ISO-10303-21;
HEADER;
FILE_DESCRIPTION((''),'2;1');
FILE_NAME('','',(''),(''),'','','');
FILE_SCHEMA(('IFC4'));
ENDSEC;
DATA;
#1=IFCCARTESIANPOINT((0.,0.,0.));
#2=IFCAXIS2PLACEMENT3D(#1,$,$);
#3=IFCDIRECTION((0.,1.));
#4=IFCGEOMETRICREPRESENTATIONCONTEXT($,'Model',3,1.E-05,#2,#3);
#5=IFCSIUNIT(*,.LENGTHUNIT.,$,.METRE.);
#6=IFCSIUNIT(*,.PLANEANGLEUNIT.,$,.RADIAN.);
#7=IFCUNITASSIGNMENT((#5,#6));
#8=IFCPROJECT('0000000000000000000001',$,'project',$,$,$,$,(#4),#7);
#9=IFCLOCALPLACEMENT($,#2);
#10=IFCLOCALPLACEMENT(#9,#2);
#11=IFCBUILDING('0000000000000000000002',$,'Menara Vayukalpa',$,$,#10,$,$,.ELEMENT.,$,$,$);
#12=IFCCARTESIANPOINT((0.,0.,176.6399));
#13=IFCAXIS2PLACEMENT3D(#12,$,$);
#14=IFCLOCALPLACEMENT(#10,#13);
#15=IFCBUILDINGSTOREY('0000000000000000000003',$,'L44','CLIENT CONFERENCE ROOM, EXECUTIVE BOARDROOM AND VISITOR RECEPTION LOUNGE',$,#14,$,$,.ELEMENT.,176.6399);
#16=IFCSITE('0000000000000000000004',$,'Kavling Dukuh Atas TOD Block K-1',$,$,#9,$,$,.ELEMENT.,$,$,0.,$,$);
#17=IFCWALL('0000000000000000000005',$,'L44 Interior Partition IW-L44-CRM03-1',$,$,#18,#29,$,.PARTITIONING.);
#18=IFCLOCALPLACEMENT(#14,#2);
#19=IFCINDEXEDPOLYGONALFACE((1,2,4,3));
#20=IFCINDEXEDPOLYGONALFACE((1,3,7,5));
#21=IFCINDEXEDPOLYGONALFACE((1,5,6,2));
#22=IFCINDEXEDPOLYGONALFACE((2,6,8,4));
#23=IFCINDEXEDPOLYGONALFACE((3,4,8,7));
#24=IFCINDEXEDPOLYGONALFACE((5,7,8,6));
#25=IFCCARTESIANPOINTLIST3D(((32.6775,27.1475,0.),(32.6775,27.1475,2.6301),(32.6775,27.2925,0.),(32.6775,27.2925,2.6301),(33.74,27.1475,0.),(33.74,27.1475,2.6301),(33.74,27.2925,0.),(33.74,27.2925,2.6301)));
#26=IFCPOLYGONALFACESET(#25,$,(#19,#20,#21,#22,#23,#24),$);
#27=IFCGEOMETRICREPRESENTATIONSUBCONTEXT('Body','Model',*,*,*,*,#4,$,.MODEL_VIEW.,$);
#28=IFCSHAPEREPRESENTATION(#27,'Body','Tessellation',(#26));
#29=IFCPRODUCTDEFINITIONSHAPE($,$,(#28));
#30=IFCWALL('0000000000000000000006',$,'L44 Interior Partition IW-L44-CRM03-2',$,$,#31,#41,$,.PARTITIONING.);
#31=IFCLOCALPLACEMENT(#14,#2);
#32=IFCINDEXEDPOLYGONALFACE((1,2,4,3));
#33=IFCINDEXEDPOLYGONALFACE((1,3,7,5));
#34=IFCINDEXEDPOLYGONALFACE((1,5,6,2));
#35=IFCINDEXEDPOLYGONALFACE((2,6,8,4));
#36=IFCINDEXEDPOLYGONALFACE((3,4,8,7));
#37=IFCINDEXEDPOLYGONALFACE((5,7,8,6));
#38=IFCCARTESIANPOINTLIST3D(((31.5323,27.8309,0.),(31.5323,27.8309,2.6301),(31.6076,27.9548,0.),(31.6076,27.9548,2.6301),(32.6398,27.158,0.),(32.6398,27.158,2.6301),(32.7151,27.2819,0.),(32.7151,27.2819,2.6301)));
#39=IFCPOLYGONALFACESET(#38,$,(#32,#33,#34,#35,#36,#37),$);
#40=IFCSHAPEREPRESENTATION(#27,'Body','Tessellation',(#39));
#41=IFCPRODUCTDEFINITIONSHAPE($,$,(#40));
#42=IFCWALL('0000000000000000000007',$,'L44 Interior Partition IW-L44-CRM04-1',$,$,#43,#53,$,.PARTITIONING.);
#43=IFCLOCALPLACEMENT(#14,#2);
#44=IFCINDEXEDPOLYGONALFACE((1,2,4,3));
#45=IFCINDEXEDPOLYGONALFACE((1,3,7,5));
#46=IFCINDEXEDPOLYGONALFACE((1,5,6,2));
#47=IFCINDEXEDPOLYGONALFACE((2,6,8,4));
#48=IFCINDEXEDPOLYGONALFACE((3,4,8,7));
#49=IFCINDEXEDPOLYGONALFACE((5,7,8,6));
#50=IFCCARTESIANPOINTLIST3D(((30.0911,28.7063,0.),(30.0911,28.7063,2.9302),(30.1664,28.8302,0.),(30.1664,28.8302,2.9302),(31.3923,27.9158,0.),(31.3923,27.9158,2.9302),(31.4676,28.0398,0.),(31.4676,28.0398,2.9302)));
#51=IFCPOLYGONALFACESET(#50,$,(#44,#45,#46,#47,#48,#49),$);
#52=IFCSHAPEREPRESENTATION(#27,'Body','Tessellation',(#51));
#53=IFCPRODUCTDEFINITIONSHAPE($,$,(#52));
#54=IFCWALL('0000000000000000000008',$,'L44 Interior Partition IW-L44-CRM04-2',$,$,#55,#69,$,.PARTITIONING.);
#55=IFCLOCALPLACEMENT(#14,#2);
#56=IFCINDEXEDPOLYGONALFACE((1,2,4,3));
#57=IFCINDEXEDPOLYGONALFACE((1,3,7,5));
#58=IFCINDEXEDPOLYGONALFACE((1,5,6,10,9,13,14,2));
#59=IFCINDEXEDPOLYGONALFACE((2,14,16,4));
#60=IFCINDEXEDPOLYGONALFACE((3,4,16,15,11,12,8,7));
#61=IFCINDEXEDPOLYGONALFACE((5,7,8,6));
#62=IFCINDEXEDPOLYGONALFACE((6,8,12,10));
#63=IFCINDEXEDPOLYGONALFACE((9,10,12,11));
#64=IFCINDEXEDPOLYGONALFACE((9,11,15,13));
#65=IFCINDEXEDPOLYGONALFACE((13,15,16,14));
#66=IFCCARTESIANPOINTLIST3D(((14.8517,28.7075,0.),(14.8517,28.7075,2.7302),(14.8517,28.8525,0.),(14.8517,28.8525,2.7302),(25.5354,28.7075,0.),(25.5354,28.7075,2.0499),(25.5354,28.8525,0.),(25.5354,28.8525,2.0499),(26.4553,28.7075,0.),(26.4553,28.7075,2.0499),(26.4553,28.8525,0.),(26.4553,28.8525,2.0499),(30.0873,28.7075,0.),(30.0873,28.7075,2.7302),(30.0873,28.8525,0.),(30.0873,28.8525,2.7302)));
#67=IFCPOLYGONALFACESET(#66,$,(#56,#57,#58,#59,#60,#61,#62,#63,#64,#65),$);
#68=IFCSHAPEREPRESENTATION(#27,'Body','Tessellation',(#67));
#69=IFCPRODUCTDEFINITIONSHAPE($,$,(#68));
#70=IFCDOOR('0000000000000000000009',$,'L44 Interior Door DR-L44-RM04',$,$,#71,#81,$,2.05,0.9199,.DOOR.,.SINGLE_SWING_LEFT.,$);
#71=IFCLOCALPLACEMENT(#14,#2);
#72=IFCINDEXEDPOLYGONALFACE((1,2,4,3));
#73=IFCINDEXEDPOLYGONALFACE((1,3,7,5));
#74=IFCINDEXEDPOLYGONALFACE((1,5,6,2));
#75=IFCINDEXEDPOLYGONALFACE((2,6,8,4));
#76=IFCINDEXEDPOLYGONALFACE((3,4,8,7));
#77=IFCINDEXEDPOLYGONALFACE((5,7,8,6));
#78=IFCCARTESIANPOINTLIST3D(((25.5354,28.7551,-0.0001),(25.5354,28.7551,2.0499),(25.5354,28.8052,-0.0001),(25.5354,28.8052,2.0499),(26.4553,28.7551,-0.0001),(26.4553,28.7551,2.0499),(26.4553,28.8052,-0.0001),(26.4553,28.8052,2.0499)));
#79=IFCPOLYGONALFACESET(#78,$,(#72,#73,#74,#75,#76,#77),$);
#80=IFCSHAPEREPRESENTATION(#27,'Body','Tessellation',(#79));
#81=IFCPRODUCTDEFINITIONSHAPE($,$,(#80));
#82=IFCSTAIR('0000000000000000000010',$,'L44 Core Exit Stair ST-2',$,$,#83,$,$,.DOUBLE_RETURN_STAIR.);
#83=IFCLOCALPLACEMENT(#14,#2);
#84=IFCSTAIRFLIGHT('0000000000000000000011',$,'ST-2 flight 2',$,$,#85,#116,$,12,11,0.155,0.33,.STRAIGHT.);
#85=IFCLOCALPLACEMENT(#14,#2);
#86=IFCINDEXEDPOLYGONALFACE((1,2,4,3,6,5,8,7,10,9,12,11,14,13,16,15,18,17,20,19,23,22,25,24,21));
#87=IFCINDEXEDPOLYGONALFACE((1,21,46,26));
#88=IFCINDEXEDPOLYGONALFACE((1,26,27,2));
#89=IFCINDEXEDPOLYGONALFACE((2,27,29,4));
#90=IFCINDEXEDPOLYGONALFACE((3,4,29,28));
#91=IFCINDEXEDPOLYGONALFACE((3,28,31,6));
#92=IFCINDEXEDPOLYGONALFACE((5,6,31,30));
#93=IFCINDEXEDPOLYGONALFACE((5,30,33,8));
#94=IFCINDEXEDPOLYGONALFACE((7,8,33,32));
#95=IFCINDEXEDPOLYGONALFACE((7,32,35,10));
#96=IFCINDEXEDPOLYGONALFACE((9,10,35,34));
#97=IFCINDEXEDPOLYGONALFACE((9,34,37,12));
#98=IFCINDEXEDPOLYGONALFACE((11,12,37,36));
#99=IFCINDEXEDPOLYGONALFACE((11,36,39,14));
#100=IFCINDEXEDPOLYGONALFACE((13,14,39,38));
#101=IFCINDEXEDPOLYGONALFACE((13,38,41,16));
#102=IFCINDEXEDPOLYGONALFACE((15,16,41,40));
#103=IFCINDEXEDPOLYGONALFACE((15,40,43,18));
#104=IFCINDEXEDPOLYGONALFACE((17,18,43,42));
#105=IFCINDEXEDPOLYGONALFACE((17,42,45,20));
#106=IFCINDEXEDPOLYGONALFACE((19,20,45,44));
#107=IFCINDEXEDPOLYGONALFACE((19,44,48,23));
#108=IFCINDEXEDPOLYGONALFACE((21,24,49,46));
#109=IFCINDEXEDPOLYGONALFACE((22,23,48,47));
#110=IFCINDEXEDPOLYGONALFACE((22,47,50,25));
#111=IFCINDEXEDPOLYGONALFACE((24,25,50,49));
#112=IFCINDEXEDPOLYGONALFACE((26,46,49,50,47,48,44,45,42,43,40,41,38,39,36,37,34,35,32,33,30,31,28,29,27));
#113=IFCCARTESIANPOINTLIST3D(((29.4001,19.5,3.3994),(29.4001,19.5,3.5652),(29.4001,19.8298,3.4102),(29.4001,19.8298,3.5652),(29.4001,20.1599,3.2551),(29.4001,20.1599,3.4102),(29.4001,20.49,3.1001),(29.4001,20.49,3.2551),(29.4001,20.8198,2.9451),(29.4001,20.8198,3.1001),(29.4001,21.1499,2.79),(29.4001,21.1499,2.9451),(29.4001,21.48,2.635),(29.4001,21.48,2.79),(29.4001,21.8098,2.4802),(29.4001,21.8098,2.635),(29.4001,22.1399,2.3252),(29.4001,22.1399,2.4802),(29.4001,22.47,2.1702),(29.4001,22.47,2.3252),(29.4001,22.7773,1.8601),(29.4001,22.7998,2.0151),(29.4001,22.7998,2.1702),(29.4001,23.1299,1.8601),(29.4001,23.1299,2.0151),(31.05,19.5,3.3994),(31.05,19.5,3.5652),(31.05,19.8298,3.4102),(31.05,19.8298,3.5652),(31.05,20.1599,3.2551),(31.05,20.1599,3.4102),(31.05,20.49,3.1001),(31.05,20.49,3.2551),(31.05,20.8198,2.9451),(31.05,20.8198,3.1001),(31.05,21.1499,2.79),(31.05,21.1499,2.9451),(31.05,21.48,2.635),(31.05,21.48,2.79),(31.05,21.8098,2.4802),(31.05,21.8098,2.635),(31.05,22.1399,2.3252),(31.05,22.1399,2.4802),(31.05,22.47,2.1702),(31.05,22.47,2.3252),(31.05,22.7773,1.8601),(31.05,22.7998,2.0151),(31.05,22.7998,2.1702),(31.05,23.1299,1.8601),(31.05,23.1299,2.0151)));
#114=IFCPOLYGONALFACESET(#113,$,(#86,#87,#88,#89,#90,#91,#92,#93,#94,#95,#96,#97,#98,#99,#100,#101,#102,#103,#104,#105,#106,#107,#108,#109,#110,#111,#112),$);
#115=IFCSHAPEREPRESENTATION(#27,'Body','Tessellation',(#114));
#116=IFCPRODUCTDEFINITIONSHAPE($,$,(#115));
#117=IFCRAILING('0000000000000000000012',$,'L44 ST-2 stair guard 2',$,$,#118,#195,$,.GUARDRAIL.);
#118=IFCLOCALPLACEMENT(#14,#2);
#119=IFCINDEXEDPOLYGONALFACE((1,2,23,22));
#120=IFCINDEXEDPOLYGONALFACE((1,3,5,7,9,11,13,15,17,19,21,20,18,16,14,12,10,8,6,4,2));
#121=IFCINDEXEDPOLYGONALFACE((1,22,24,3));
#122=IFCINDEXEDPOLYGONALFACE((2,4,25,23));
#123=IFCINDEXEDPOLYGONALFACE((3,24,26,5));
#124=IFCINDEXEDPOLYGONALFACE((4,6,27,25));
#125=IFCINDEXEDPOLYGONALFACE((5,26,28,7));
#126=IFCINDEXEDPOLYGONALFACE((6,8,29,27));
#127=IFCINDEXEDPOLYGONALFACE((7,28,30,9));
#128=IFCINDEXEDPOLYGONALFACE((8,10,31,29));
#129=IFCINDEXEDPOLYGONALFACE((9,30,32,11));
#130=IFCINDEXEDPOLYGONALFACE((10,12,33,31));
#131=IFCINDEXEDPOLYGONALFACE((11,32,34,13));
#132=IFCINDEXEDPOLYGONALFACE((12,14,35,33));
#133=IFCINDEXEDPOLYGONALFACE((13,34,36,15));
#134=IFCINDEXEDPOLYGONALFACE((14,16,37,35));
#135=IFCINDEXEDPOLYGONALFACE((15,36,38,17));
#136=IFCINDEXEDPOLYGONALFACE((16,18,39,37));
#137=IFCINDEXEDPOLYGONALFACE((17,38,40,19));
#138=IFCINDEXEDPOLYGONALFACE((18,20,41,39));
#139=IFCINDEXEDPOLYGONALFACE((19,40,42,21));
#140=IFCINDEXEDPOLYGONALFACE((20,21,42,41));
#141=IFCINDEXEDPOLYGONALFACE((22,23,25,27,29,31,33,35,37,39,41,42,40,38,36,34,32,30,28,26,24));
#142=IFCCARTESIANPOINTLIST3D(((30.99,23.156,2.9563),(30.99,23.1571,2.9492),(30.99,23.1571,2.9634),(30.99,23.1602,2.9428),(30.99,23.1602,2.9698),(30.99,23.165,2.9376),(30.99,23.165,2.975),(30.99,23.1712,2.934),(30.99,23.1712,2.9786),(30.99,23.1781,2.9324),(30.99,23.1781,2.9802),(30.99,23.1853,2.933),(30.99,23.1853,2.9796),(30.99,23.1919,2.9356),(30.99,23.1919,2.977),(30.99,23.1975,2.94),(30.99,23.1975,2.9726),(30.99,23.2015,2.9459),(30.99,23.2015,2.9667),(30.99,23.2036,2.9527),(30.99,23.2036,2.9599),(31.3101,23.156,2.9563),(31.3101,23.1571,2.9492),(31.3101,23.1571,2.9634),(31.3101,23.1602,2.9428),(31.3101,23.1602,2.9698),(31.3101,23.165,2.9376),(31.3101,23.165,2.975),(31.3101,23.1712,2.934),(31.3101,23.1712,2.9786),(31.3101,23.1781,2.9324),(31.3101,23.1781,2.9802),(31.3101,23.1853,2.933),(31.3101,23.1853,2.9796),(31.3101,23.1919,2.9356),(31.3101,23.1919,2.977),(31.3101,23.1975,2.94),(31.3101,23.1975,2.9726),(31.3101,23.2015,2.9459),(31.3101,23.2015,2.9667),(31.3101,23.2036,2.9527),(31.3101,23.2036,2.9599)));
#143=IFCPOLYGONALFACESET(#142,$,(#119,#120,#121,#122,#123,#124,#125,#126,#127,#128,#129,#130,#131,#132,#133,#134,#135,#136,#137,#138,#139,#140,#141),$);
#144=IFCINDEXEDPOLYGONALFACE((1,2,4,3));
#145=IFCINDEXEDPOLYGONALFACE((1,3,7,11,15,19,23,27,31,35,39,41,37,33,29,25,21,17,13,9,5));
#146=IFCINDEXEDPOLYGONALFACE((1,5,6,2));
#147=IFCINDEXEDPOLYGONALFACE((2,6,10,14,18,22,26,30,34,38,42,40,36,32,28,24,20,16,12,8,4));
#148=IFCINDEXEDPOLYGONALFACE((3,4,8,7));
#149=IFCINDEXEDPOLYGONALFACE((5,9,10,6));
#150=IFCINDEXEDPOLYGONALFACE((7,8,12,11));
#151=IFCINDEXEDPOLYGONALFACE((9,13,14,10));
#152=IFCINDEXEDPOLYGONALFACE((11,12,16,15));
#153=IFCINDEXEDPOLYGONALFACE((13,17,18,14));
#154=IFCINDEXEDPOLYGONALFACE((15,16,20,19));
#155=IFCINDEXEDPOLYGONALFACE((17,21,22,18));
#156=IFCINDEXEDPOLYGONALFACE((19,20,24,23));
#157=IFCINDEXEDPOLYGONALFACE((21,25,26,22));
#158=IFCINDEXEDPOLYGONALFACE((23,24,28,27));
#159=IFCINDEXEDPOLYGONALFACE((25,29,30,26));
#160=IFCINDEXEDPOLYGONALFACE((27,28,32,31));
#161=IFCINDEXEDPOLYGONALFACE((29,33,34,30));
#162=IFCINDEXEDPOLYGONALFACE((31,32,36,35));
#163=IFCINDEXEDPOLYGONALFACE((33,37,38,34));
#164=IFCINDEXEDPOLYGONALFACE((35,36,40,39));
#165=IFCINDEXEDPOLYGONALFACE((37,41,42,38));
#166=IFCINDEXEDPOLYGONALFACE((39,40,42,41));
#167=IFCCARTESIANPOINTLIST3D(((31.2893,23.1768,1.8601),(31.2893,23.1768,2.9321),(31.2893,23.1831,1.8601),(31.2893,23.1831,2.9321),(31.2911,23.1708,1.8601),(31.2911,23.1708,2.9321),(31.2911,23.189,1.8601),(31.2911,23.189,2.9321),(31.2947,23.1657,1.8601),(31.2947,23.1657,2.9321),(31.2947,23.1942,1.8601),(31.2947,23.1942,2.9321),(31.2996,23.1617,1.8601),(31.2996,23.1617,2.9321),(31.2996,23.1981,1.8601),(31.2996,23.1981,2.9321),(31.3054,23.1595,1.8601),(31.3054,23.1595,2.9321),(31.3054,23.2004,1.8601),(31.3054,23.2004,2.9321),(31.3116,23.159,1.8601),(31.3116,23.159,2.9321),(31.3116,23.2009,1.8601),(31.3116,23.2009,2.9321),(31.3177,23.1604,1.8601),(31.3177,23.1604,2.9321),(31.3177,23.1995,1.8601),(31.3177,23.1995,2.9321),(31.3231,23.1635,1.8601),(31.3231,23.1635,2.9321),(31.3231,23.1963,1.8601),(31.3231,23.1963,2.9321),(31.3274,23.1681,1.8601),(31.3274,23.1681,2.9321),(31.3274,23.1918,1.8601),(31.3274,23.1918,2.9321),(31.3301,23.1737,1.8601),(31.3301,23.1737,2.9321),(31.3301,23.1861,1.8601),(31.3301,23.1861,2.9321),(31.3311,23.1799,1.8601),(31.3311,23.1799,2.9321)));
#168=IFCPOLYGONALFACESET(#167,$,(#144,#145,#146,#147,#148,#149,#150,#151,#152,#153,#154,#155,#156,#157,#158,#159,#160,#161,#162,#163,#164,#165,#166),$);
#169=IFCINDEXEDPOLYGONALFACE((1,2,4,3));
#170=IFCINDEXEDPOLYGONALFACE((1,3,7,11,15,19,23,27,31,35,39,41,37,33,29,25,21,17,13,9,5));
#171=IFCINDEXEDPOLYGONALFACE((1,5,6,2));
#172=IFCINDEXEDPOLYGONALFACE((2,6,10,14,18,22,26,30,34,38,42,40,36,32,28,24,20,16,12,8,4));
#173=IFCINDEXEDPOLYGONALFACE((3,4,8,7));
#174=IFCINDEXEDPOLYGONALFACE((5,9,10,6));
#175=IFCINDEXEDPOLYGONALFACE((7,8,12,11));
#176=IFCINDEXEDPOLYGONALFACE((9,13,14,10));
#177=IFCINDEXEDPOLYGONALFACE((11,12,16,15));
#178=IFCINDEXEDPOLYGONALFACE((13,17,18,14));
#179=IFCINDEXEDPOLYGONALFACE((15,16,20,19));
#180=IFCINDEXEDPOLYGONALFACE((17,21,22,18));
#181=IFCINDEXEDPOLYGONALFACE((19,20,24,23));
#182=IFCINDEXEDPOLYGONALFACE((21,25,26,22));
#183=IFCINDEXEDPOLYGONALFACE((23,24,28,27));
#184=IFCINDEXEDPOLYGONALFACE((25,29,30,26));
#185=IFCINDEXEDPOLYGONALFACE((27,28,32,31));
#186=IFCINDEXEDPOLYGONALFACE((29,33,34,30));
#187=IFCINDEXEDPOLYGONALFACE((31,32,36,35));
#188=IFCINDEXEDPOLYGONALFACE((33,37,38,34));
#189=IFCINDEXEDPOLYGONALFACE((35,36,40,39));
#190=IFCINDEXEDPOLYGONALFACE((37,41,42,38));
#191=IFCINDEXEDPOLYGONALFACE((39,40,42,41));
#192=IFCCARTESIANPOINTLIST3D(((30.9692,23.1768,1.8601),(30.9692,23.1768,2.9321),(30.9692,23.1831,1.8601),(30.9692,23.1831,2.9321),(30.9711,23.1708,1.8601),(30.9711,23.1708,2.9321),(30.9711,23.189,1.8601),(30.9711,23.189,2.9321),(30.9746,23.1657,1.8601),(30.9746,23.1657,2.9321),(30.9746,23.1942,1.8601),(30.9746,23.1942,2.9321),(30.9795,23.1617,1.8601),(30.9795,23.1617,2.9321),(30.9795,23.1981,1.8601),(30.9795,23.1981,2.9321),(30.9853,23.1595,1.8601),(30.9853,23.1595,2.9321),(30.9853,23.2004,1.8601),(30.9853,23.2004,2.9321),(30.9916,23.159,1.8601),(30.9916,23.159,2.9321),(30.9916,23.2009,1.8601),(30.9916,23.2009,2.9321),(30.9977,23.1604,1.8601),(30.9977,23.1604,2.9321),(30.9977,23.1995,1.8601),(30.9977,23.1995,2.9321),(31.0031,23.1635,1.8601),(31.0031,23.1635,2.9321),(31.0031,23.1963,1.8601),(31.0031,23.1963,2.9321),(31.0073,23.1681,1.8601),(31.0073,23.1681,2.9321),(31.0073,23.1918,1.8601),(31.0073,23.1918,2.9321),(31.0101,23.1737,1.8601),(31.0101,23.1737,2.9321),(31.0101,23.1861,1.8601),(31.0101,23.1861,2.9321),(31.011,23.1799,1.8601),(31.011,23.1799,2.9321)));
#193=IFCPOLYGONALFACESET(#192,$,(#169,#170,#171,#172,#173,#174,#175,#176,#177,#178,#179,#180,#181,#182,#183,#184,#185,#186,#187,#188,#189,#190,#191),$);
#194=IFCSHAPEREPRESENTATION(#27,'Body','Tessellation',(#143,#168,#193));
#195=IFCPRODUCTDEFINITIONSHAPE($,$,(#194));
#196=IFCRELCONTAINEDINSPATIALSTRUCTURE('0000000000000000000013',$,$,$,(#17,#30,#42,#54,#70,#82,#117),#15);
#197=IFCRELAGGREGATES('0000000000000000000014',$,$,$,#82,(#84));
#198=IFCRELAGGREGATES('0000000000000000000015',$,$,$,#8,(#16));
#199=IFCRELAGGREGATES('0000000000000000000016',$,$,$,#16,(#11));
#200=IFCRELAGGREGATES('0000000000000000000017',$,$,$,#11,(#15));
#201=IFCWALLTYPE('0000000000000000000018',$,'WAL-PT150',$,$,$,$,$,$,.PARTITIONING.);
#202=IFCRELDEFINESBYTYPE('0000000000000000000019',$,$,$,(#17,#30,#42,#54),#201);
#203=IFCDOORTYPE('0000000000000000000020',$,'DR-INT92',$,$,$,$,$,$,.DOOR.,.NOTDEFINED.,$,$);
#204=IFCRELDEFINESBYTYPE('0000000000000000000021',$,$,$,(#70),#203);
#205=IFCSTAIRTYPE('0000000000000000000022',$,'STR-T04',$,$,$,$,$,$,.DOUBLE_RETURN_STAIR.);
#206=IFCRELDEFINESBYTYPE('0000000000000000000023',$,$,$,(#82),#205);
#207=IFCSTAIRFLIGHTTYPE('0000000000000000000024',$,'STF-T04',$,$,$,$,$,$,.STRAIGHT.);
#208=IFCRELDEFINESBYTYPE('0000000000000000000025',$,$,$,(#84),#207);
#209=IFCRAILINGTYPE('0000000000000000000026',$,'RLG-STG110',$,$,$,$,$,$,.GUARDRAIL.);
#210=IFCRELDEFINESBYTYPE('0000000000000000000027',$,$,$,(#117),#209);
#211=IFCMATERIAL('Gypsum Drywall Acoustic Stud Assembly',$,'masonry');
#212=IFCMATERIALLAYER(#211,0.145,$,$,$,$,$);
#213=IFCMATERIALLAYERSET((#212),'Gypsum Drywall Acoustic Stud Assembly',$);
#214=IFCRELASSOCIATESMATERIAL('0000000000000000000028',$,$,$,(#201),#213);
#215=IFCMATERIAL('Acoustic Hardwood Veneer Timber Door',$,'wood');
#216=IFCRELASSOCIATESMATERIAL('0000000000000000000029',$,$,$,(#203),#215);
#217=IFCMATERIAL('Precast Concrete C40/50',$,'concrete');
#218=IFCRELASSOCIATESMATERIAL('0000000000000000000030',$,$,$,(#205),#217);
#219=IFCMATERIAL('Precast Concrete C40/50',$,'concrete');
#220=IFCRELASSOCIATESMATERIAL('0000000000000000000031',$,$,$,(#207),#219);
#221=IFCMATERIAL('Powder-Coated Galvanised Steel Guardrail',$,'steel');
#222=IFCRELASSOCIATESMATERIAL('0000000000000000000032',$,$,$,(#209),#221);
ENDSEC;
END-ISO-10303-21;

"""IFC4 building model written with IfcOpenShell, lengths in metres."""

from ifc_helpers import new_model, si_unit, direction, frame, frame_2d, origin, origin_2d, place, context, subcontext, project, spatial, polyline, rectangle, circle, outline, extrude, material, layer, layer_set, type_object, element, fill, aggregate, save


model = new_model("IFC4")

# Units and contexts
model_context = context("Model", 3, precision=1e-05, world=origin(), true_north=direction((0.0, 1.0)))
body_context = subcontext(model_context, "Body", "Model", "MODEL_VIEW")
ifc_project = project(units=[si_unit("LENGTHUNIT", "METRE"), si_unit("PLANEANGLEUNIT", "RADIAN")], contexts=[model_context])

# Site, building, storey
site_placement = place(None, origin())
site = spatial("IfcSite", under=ifc_project, at=site_placement, Name="Kavling Dukuh Atas TOD Block K-1", CompositionType="ELEMENT", RefElevation=0.0)
building_placement = place(site_placement, origin())
building = spatial("IfcBuilding", under=site, at=building_placement, Name="Menara Vayukalpa", CompositionType="ELEMENT")
storey_placement = place(building_placement, frame((0.0, 0.0, 176.6399)))
storey = spatial("IfcBuildingStorey", under=building, at=storey_placement, Name="L44", Description="CLIENT CONFERENCE ROOM, EXECUTIVE BOARDROOM AND VISITOR RECEPTION LOUNGE", CompositionType="ELEMENT", Elevation=176.6399)

# Walls
ifc_material_1 = material(Name="Gypsum Drywall Acoustic Stud Assembly", Category="masonry")
ifc_layer_1 = layer(ifc_material_1, 0.145)
ifc_layer_set_1 = layer_set([ifc_layer_1], Name="Gypsum Drywall Acoustic Stud Assembly")
wall_type_1 = type_object("IfcWallType", Name="WAL-PT150", PredefinedType="PARTITIONING", material=ifc_layer_set_1)
wall_1_placement = place(storey_placement, frame((33.74, 27.22, 0.0), z_axis=(0.0, 0.0, 1.0), x_axis=(-1.0, 0.0, 0.0)))
element("IfcWall", 1, at=wall_1_placement, inside=storey, type_object=wall_type_1, Name="L44 Interior Partition IW-L44-CRM03-1", PredefinedType="PARTITIONING", context=body_context, shape_type="SweptSolid", body=[
    extrude(rectangle(XDim=1.0625, YDim=0.145, at=frame_2d((0.5312, 0.0))), origin(), (0.0, 0.0, 1.0), 2.6301),
])
wall_2_placement = place(storey_placement, frame((32.6775, 27.22, 0.0), z_axis=(0.0, 0.0, 1.0), x_axis=(-0.85462, 0.519253, 0.0)))
element("IfcWall", 2, at=wall_2_placement, inside=storey, type_object=wall_type_1, Name="L44 Interior Partition IW-L44-CRM03-2", PredefinedType="PARTITIONING", context=body_context, shape_type="SweptSolid", body=[
    extrude(rectangle(XDim=1.2959, YDim=0.145, at=frame_2d((0.6479, 0.0))), origin(), (0.0, 0.0, 1.0), 2.6301),
])
wall_3_placement = place(storey_placement, frame((31.4299, 27.9778, 0.0), z_axis=(0.0, 0.0, 1.0), x_axis=(-0.85465, 0.519204, 0.0)))
element("IfcWall", 3, at=wall_3_placement, inside=storey, type_object=wall_type_1, Name="L44 Interior Partition IW-L44-CRM04-1", PredefinedType="PARTITIONING", context=body_context, shape_type="SweptSolid", body=[
    extrude(rectangle(XDim=1.5225, YDim=0.145, at=frame_2d((0.7612, 0.0))), origin(), (0.0, 0.0, 1.0), 2.9302),
])

# Wall, opening, door
wall_4_placement = place(storey_placement, frame((30.0872, 28.78, 0.0), z_axis=(0.0, 0.0, 1.0), x_axis=(-1.0, 0.0, 0.0)))
wall_4 = element("IfcWall", 4, at=wall_4_placement, inside=storey, type_object=wall_type_1, Name="L44 Interior Partition IW-L44-CRM04-2", PredefinedType="PARTITIONING", context=body_context, shape_type="SweptSolid", body=[
    extrude(rectangle(XDim=15.2356, YDim=0.145, at=frame_2d((7.6177, 0.0))), origin(), (0.0, 0.0, 1.0), 2.7302),
])
opening_placement = place(wall_4_placement, frame((3.6318, 0.0, 0.0)))
opening = element("IfcOpeningElement", 5, at=opening_placement, cuts=wall_4, PredefinedType="OPENING", context=body_context, shape_type="SweptSolid", body=[
    extrude(rectangle(XDim=0.9199, YDim=2.05, at=frame_2d((0.46, 1.0249))), frame((0.0, 0.0825, 0.0), z_axis=(0.0, -1.0, 0.0), x_axis=(1.0, 0.0, 0.0)), (0.0, 0.0, 1.0), 0.165),
])
ifc_material_2 = material(Name="Acoustic Hardwood Veneer Timber Door", Category="wood")
door_type = type_object("IfcDoorType", Name="DR-INT92", OperationType="NOTDEFINED", PredefinedType="DOOR", material=ifc_material_2)
door_placement = place(opening_placement, origin())
door = element("IfcDoor", 6, at=door_placement, inside=storey, type_object=door_type, Name="L44 Interior Door DR-L44-RM04", OperationType="SINGLE_SWING_LEFT", OverallHeight=2.05, OverallWidth=0.9199, PredefinedType="DOOR", context=body_context, shape_type="SweptSolid", body=[
    extrude(rectangle(XDim=0.9199, YDim=2.05, at=frame_2d((0.46, 1.0249))), frame((0.0, 0.0249, 0.0), z_axis=(0.0, -1.0, 0.0), x_axis=(1.0, 0.0, 0.0)), (0.0, 0.0, 1.0), 0.05),
])
fill(opening, door)

# Stair, stair flight
ifc_material_3 = material(Name="Precast Concrete C40/50", Category="concrete")
stair_type = type_object("IfcStairType", Name="STR-T04", PredefinedType="DOUBLE_RETURN_STAIR", material=ifc_material_3)
stair_placement = place(storey_placement, origin())
stair = element("IfcStair", 7, at=stair_placement, inside=storey, type_object=stair_type, Name="L44 Core Exit Stair ST-2", PredefinedType="DOUBLE_RETURN_STAIR")
ifc_material_4 = material(Name="Precast Concrete C40/50", Category="concrete")
stair_flight_type = type_object("IfcStairFlightType", Name="STF-T04", PredefinedType="STRAIGHT", material=ifc_material_4)
stair_flight_placement = place(storey_placement, frame((30.2251, 23.1299, 1.8601), z_axis=(0.0, 0.0, 1.0), x_axis=(0.0, -1.0, 0.0)))
stair_flight = element("IfcStairFlight", 8, at=stair_flight_placement, type_object=stair_flight_type, Name="ST-2 flight 2", NumberOfRisers=12, NumberOfTreads=11, PredefinedType="STRAIGHT", RiserHeight=0.155, TreadLength=0.33, context=body_context, shape_type="SweptSolid", body=[
    extrude(outline(polyline([(0.0, 0.0), (0.0, 0.155), (0.3301, 0.155), (0.3301, 0.3101), (0.6599, 0.3101), (0.6599, 0.4651), (0.99, 0.4651), (0.99, 0.6201), (1.3201, 0.6201), (1.3201, 0.7749), (1.6499, 0.7749), (1.6499, 0.9299), (1.98, 0.9299), (1.98, 1.085), (2.3101, 1.085), (2.3101, 1.24), (2.6399, 1.24), (2.6399, 1.395), (2.97, 1.395), (2.97, 1.55), (3.3, 1.55), (3.3, 1.7051), (3.6299, 1.7051), (3.6299, 1.8601), (3.6299, 1.5393), (0.3525, 0.0), (0.0, 0.0)])), frame((0.0, 0.825, 0.0), z_axis=(0.0, -1.0, 0.0), x_axis=(1.0, 0.0, 0.0)), (0.0, 0.0, 1.0), 1.6499),
])
aggregate(stair, [stair_flight])

# Railing
ifc_material_5 = material(Name="Powder-Coated Galvanised Steel Guardrail", Category="steel")
railing_type_1 = type_object("IfcRailingType", Name="RLG-STG110", PredefinedType="GUARDRAIL", material=ifc_material_5)
railing_1_placement = place(storey_placement, frame((31.3101, 23.1799, 1.8601)))
element("IfcRailing", 9, at=railing_1_placement, inside=storey, type_object=railing_type_1, Name="L44 ST-2 stair guard 2", PredefinedType="GUARDRAIL", context=body_context, shape_type="SweptSolid", body=[
    extrude(circle(Radius=0.0239, at=origin_2d()), frame((0.0, 0.0, 1.0962), z_axis=(-1.0, 0.0, 0.0), x_axis=(0.0, -1.0, 0.0)), (0.0, 0.0, 1.0), 0.3201),
    extrude(circle(Radius=0.021, at=origin_2d()), origin(), (0.0, 0.0, 1.0), 1.072),
    extrude(circle(Radius=0.021, at=origin_2d()), frame((-0.3201, 0.0, 0.0)), (0.0, 0.0, 1.0), 1.072),
])

save(model, "model.ifc")
